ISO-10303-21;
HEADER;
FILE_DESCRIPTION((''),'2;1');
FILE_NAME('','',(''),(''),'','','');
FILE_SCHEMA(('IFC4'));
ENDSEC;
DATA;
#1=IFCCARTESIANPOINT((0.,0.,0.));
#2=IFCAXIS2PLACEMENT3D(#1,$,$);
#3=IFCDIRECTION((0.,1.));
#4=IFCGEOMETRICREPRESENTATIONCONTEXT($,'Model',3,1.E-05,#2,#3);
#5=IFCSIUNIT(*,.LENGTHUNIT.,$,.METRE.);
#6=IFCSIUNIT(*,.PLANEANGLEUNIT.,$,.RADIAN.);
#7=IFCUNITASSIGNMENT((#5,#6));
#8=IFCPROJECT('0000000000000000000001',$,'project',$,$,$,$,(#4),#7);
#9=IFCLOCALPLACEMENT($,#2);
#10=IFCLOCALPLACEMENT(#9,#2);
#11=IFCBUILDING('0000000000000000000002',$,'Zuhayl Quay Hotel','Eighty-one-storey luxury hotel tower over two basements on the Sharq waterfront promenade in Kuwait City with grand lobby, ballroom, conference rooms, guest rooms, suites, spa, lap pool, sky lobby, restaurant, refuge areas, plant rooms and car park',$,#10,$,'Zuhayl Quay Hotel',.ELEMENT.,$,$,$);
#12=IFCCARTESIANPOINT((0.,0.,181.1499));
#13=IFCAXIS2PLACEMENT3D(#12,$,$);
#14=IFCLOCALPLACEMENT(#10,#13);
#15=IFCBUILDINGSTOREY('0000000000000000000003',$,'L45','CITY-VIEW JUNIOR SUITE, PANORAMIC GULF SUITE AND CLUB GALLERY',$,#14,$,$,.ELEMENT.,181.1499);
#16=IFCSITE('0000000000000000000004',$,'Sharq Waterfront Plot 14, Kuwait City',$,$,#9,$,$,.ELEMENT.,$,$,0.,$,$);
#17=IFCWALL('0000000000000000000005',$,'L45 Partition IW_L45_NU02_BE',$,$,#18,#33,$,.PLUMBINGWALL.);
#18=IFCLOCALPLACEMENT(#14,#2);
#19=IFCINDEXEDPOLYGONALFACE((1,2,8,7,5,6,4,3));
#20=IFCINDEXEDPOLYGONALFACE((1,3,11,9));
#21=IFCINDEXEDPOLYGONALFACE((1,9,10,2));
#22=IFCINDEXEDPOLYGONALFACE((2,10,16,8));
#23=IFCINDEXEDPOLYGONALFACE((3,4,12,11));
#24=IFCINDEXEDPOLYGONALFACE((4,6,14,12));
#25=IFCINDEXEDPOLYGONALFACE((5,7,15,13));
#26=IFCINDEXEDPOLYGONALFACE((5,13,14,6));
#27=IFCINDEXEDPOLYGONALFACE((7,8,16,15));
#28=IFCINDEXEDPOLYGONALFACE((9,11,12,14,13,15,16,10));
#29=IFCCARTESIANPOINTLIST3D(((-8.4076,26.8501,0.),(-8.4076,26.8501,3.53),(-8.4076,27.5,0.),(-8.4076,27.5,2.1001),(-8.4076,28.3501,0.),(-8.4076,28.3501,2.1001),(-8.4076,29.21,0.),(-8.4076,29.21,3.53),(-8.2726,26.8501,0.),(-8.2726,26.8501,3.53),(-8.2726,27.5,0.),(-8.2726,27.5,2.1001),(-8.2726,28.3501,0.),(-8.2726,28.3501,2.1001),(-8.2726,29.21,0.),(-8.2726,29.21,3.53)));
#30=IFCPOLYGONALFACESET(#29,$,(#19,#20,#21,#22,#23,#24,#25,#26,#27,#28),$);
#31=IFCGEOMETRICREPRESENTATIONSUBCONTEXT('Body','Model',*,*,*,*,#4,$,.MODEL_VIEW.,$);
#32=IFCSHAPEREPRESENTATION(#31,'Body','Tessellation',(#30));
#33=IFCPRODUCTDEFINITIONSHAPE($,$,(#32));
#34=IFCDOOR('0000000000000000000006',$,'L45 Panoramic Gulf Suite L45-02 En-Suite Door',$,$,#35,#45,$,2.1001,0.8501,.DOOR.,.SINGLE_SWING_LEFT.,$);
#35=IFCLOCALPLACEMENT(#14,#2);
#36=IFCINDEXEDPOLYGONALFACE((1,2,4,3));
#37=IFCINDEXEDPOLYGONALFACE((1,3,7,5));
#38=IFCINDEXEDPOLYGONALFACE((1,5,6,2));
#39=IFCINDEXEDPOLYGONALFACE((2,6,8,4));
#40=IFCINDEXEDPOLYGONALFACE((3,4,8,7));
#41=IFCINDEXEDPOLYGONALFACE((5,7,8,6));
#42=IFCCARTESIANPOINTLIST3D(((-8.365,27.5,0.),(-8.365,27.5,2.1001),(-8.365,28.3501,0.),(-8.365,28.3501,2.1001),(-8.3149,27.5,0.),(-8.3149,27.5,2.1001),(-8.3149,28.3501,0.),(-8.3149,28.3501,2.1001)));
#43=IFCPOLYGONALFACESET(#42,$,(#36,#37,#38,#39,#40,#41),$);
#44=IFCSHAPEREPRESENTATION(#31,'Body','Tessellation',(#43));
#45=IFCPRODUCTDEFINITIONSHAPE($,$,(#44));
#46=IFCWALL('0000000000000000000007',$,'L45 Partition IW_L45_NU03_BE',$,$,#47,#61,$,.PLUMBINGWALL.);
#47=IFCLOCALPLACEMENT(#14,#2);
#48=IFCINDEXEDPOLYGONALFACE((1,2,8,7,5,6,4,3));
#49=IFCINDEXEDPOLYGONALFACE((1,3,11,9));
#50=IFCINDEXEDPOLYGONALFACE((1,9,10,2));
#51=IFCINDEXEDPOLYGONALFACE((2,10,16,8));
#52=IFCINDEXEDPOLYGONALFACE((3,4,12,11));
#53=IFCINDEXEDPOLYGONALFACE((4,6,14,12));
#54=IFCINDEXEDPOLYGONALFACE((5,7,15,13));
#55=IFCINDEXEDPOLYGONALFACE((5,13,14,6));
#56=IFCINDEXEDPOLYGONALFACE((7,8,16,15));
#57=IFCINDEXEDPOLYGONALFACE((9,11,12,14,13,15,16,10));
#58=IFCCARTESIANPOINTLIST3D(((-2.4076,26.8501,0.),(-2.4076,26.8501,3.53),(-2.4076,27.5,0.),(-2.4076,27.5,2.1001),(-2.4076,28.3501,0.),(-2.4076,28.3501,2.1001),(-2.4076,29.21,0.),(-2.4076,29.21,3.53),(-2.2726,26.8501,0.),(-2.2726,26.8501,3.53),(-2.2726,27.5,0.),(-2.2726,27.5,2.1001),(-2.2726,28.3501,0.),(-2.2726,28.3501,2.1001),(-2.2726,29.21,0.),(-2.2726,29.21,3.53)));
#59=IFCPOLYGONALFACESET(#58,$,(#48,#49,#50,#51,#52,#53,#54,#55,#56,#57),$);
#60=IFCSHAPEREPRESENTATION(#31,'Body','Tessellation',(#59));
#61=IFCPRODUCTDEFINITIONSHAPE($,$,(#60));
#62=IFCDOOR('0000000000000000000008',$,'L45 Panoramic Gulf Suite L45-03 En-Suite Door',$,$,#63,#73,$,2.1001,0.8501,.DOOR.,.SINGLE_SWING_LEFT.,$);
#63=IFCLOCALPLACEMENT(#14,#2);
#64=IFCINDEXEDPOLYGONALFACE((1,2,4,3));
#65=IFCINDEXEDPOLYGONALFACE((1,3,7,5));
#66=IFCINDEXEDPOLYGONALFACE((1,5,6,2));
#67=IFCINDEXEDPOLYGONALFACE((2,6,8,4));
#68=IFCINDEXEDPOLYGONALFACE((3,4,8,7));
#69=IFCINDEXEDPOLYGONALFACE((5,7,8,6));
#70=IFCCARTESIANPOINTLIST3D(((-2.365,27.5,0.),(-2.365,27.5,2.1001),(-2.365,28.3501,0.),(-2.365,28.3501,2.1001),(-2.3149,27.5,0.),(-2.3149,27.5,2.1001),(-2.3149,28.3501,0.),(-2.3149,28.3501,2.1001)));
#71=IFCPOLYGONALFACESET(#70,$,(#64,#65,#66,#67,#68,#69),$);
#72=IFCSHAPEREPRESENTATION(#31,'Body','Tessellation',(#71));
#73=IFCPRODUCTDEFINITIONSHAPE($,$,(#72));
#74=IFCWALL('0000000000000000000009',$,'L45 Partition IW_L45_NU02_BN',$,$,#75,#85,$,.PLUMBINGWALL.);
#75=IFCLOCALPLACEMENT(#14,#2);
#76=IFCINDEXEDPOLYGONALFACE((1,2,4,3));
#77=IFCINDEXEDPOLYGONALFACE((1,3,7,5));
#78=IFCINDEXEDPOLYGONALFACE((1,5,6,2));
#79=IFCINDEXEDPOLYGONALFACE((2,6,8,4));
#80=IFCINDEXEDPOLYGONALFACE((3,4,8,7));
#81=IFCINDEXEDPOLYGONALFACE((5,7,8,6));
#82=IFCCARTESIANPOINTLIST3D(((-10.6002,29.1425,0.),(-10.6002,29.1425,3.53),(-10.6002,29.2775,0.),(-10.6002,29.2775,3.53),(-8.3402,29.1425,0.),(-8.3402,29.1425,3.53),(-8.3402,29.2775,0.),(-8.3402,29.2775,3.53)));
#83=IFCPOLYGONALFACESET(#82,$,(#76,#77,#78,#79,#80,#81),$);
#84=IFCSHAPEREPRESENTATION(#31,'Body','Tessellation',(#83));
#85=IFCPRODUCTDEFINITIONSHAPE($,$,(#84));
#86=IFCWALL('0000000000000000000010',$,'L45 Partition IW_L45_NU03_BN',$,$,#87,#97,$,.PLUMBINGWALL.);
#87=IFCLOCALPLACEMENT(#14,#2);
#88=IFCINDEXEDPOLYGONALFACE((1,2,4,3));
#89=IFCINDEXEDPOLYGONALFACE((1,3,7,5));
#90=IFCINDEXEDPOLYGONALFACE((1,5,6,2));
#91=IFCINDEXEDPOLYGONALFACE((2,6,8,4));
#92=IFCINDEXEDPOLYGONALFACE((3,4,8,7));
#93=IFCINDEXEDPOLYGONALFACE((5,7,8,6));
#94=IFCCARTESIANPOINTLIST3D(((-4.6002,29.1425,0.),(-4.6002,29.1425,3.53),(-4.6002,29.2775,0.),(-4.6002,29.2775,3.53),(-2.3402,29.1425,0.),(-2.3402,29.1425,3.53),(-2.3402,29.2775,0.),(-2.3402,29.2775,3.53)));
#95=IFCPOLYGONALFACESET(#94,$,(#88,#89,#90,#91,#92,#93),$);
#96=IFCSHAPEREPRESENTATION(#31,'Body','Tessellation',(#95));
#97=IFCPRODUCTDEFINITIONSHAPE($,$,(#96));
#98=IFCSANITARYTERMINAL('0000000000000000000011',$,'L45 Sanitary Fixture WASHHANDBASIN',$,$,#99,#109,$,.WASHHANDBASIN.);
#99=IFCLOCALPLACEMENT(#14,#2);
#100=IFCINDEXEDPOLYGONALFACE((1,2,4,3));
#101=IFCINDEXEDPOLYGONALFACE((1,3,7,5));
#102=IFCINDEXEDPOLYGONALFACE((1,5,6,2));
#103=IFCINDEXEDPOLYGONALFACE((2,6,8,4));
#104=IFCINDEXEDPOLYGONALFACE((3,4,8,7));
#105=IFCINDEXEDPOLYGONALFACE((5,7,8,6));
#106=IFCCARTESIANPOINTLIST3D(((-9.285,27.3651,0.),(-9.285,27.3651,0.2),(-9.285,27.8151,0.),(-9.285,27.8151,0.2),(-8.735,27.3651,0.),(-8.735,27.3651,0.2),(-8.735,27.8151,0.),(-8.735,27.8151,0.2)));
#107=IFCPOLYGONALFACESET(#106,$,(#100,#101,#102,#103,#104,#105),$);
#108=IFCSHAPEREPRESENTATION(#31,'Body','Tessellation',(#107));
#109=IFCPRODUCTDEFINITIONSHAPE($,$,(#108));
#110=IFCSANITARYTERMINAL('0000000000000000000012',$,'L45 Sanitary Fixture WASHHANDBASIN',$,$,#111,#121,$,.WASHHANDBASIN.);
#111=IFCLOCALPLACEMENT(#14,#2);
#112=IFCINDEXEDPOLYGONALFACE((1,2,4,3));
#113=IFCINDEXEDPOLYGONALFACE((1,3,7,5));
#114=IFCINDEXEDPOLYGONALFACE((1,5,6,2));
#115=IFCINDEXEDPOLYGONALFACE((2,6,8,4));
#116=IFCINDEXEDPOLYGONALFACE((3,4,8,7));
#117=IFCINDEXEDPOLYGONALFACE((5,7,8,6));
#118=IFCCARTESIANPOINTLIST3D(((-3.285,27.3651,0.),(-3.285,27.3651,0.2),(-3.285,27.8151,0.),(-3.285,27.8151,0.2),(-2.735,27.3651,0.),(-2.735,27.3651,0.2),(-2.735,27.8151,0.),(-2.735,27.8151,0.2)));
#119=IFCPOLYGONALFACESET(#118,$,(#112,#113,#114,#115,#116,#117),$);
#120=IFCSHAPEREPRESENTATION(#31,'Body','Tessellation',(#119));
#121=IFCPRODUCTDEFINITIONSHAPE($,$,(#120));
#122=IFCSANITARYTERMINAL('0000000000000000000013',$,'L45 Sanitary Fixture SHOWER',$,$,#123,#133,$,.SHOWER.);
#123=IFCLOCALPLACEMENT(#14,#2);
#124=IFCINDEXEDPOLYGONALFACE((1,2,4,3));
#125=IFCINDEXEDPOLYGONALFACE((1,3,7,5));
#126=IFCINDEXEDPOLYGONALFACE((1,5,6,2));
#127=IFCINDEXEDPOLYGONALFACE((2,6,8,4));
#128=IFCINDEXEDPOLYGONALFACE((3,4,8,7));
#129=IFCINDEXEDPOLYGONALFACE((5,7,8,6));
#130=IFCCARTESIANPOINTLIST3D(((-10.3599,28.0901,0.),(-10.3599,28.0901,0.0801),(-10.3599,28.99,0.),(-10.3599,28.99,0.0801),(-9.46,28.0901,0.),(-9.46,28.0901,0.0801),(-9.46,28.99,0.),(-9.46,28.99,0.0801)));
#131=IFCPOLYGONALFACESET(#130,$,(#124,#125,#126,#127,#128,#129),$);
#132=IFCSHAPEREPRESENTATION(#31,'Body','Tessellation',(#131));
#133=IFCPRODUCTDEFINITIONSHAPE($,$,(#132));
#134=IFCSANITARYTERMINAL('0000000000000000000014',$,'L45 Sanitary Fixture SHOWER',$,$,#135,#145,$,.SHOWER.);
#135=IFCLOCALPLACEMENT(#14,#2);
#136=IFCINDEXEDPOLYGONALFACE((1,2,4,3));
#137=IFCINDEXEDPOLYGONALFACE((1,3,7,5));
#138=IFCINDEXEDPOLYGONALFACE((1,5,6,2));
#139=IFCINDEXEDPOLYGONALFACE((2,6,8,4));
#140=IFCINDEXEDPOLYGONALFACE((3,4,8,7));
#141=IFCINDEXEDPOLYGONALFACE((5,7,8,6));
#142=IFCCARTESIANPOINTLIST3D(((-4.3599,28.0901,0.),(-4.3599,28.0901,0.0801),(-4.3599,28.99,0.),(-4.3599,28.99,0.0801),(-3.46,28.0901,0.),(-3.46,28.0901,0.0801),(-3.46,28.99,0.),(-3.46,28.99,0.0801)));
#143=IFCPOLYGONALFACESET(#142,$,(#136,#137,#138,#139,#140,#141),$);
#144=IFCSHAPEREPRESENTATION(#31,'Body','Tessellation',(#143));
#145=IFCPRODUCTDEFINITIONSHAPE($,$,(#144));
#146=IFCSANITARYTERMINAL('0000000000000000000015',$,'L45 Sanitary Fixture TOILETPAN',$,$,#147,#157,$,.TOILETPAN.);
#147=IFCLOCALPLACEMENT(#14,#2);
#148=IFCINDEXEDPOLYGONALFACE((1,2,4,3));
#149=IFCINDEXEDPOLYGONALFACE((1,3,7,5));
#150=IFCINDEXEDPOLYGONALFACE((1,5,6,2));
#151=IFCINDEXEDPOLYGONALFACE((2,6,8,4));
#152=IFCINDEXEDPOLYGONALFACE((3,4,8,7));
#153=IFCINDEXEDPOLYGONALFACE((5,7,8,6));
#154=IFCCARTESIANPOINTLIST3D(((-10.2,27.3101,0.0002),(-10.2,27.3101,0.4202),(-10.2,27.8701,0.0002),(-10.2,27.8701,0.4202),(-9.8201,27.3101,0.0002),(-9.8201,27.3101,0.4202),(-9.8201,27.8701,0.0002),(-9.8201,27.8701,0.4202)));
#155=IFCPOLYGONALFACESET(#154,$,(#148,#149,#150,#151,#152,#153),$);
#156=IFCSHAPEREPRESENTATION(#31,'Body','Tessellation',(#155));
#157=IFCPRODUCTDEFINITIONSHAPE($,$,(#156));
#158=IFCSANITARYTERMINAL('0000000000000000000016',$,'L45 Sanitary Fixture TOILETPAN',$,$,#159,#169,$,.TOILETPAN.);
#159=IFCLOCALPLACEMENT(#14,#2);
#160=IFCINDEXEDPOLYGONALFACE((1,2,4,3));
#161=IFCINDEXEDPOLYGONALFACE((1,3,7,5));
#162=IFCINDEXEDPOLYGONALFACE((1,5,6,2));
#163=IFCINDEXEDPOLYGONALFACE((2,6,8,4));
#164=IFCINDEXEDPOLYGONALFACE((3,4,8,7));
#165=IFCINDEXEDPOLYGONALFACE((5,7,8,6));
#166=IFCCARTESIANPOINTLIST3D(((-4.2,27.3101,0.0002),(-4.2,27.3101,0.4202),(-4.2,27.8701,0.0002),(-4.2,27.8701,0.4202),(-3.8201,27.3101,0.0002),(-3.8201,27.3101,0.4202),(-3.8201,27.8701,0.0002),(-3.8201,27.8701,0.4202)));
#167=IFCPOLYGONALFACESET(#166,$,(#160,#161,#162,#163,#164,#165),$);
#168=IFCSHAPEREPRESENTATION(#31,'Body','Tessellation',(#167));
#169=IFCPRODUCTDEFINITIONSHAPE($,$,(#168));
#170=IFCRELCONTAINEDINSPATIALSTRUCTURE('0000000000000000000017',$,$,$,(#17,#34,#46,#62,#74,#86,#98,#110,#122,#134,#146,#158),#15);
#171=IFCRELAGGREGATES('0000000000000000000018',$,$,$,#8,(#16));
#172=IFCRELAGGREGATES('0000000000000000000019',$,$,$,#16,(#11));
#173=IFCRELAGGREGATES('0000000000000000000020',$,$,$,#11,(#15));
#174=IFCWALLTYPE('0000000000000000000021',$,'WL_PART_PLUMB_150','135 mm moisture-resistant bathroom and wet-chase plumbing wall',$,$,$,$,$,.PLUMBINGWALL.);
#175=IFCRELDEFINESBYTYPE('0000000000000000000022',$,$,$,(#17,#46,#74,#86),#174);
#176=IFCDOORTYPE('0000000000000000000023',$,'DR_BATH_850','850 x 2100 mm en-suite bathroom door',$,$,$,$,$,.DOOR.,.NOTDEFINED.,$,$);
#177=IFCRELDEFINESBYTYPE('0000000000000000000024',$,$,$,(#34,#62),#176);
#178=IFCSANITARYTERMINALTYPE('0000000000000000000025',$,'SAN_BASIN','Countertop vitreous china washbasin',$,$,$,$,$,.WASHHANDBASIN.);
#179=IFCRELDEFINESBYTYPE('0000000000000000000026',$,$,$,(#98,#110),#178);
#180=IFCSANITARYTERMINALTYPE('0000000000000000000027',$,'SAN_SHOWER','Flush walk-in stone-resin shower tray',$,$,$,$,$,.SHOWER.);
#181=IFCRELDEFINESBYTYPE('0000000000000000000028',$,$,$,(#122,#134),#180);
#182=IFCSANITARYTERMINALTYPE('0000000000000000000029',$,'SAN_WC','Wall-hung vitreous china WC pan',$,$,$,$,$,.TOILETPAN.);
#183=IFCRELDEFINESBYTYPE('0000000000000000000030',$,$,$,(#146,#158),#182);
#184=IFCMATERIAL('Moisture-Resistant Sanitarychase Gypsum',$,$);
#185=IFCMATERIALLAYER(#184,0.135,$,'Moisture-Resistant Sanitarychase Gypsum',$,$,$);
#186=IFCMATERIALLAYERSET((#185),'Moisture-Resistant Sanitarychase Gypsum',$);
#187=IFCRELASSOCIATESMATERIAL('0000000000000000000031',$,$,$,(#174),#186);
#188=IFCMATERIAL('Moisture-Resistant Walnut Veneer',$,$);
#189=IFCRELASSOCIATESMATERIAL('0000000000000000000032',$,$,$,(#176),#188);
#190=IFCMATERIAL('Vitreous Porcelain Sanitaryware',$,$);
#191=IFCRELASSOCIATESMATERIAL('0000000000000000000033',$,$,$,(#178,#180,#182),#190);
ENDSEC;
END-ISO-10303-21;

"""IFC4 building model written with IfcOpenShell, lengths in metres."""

from ifc_helpers import new_model, si_unit, direction, frame, frame_2d, origin, origin_2d, place, context, subcontext, project, spatial, rectangle, extrude, material, layer, layer_set, type_object, element, fill, save


model = new_model("IFC4")

# Units and contexts
model_context = context("Model", 3, precision=1e-05, world=origin(), true_north=direction((0.0, 1.0)))
body_context = subcontext(model_context, "Body", "Model", "MODEL_VIEW")
ifc_project = project(units=[si_unit("LENGTHUNIT", "METRE"), si_unit("PLANEANGLEUNIT", "RADIAN")], contexts=[model_context])

# Site, building, storey
site_placement = place(None, origin())
site = spatial("IfcSite", under=ifc_project, at=site_placement, Name="Sharq Waterfront Plot 14, Kuwait City", CompositionType="ELEMENT", RefElevation=0.0)
building_placement = place(site_placement, origin())
building = spatial("IfcBuilding", under=site, at=building_placement, Name="Zuhayl Quay Hotel", Description="Eighty-one-storey luxury hotel tower over two basements on the Sharq waterfront promenade in Kuwait City with grand lobby, ballroom, conference rooms, guest rooms, suites, spa, lap pool, sky lobby, restaurant, refuge areas, plant rooms and car park", LongName="Zuhayl Quay Hotel", CompositionType="ELEMENT")
storey_placement = place(building_placement, frame((0.0, 0.0, 181.1499)))
storey = spatial("IfcBuildingStorey", under=building, at=storey_placement, Name="L45", Description="CITY-VIEW JUNIOR SUITE, PANORAMIC GULF SUITE AND CLUB GALLERY", CompositionType="ELEMENT", Elevation=181.1499)

# Walls, openings, doors
ifc_material_1 = material(Name="Moisture-Resistant Sanitarychase Gypsum")
ifc_layer_1 = layer(ifc_material_1, 0.135, Name="Moisture-Resistant Sanitarychase Gypsum")
ifc_layer_set_1 = layer_set([ifc_layer_1], Name="Moisture-Resistant Sanitarychase Gypsum")
wall_type_1 = type_object("IfcWallType", Name="WL_PART_PLUMB_150", Description="135 mm moisture-resistant bathroom and wet-chase plumbing wall", PredefinedType="PLUMBINGWALL", material=ifc_layer_set_1)
wall_1_placement = place(storey_placement, frame((-8.3401, 26.8501, 0.0), z_axis=(0.0, 0.0, 1.0), x_axis=(0.0, 1.0, 0.0)))
wall_1 = element("IfcWall", 1, at=wall_1_placement, inside=storey, type_object=wall_type_1, Name="L45 Partition IW_L45_NU02_BE", PredefinedType="PLUMBINGWALL", context=body_context, shape_type="SweptSolid", body=[
    extrude(rectangle(XDim=2.3599, YDim=0.135, at=frame_2d((1.1799, 0.0))), origin(), (0.0, 0.0, 1.0), 3.53),
])
opening_1_placement = place(wall_1_placement, frame((0.6499, 0.0, 0.0)))
opening_1 = element("IfcOpeningElement", 2, at=opening_1_placement, cuts=wall_1, PredefinedType="OPENING", context=body_context, shape_type="SweptSolid", body=[
    extrude(rectangle(XDim=0.8501, YDim=2.1001, at=frame_2d((0.425, 1.05))), frame((0.0, 0.0774, 0.0), z_axis=(0.0, -1.0, 0.0), x_axis=(1.0, 0.0, 0.0)), (0.0, 0.0, 1.0), 0.155),
])
ifc_material_2 = material(Name="Moisture-Resistant Walnut Veneer")
door_type_1 = type_object("IfcDoorType", Name="DR_BATH_850", Description="850 x 2100 mm en-suite bathroom door", OperationType="NOTDEFINED", PredefinedType="DOOR", material=ifc_material_2)
door_1_placement = place(opening_1_placement, origin())
door_1 = element("IfcDoor", 3, at=door_1_placement, inside=storey, type_object=door_type_1, Name="L45 Panoramic Gulf Suite L45-02 En-Suite Door", OperationType="SINGLE_SWING_LEFT", OverallHeight=2.1001, OverallWidth=0.8501, PredefinedType="DOOR", context=body_context, shape_type="SweptSolid", body=[
    extrude(rectangle(XDim=0.8501, YDim=2.1001, at=frame_2d((0.425, 1.05))), frame((0.0, 0.0249, 0.0), z_axis=(0.0, -1.0, 0.0), x_axis=(1.0, 0.0, 0.0)), (0.0, 0.0, 1.0), 0.05),
])
fill(opening_1, door_1)
wall_2_placement = place(storey_placement, frame((-2.3401, 26.8501, 0.0), z_axis=(0.0, 0.0, 1.0), x_axis=(0.0, 1.0, 0.0)))
wall_2 = element("IfcWall", 4, at=wall_2_placement, inside=storey, type_object=wall_type_1, Name="L45 Partition IW_L45_NU03_BE", PredefinedType="PLUMBINGWALL", context=body_context, shape_type="SweptSolid", body=[
    extrude(rectangle(XDim=2.3599, YDim=0.135, at=frame_2d((1.1799, 0.0))), origin(), (0.0, 0.0, 1.0), 3.53),
])
opening_2_placement = place(wall_2_placement, frame((0.6499, 0.0, 0.0)))
opening_2 = element("IfcOpeningElement", 5, at=opening_2_placement, cuts=wall_2, PredefinedType="OPENING", context=body_context, shape_type="SweptSolid", body=[
    extrude(rectangle(XDim=0.8501, YDim=2.1001, at=frame_2d((0.425, 1.05))), frame((0.0, 0.0774, 0.0), z_axis=(0.0, -1.0, 0.0), x_axis=(1.0, 0.0, 0.0)), (0.0, 0.0, 1.0), 0.155),
])
door_2_placement = place(opening_2_placement, origin())
door_2 = element("IfcDoor", 6, at=door_2_placement, inside=storey, type_object=door_type_1, Name="L45 Panoramic Gulf Suite L45-03 En-Suite Door", OperationType="SINGLE_SWING_LEFT", OverallHeight=2.1001, OverallWidth=0.8501, PredefinedType="DOOR", context=body_context, shape_type="SweptSolid", body=[
    extrude(rectangle(XDim=0.8501, YDim=2.1001, at=frame_2d((0.425, 1.05))), frame((0.0, 0.0249, 0.0), z_axis=(0.0, -1.0, 0.0), x_axis=(1.0, 0.0, 0.0)), (0.0, 0.0, 1.0), 0.05),
])
fill(opening_2, door_2)

# Walls
for number, where, z_axis, x_axis, name in (
    (7, (-10.6001, 29.21, 0.0), (0.0, 0.0, 1.0), (1.0, 0.0, 0.0), "L45 Partition IW_L45_NU02_BN"),
    (8, (-4.6001, 29.21, 0.0), (0.0, 0.0, 1.0), (1.0, 0.0, 0.0), "L45 Partition IW_L45_NU03_BN"),
):
    element("IfcWall", number, at=place(storey_placement, frame(where, z_axis=z_axis, x_axis=x_axis)), inside=storey, type_object=wall_type_1, Name=name, PredefinedType="PLUMBINGWALL", context=body_context, shape_type="SweptSolid", body=[
        extrude(rectangle(XDim=2.26, YDim=0.135, at=frame_2d((1.1299, 0.0))), origin(), (0.0, 0.0, 1.0), 3.53),
    ])

# Sanitary terminals
ifc_material_3 = material(Name="Vitreous Porcelain Sanitaryware")
sanitary_terminal_type_1 = type_object("IfcSanitaryTerminalType", Name="SAN_BASIN", Description="Countertop vitreous china washbasin", PredefinedType="WASHHANDBASIN", material=ifc_material_3)
for number, where, z_axis, x_axis, name in (
    (9, (-9.01, 27.5901, 0.0), (0.0, 0.0, 1.0), (1.0, 0.0, 0.0), "L45 Sanitary Fixture WASHHANDBASIN"),
    (10, (-3.01, 27.5901, 0.0), (0.0, 0.0, 1.0), (1.0, 0.0, 0.0), "L45 Sanitary Fixture WASHHANDBASIN"),
):
    element("IfcSanitaryTerminal", number, at=place(storey_placement, frame(where, z_axis=z_axis, x_axis=x_axis)), inside=storey, type_object=sanitary_terminal_type_1, Name=name, PredefinedType="WASHHANDBASIN", context=body_context, shape_type="SweptSolid", body=[
        extrude(rectangle(XDim=0.55, YDim=0.45, at=origin_2d()), origin(), (0.0, 0.0, 1.0), 0.2),
    ])
sanitary_terminal_type_2 = type_object("IfcSanitaryTerminalType", Name="SAN_SHOWER", Description="Flush walk-in stone-resin shower tray", PredefinedType="SHOWER", material=ifc_material_3)
for number, where, z_axis, x_axis, name in (
    (11, (-9.9099, 28.54, 0.0), (0.0, 0.0, 1.0), (1.0, 0.0, 0.0), "L45 Sanitary Fixture SHOWER"),
    (12, (-3.9099, 28.54, 0.0), (0.0, 0.0, 1.0), (1.0, 0.0, 0.0), "L45 Sanitary Fixture SHOWER"),
):
    element("IfcSanitaryTerminal", number, at=place(storey_placement, frame(where, z_axis=z_axis, x_axis=x_axis)), inside=storey, type_object=sanitary_terminal_type_2, Name=name, PredefinedType="SHOWER", context=body_context, shape_type="SweptSolid", body=[
        extrude(rectangle(XDim=0.8999, YDim=0.8999, at=origin_2d()), origin(), (0.0, 0.0, 1.0), 0.0801),
    ])
sanitary_terminal_type_3 = type_object("IfcSanitaryTerminalType", Name="SAN_WC", Description="Wall-hung vitreous china WC pan", PredefinedType="TOILETPAN", material=ifc_material_3)
for number, where, z_axis, x_axis, name in (
    (13, (-10.01, 27.5901, 0.0002), (0.0, 0.0, 1.0), (1.0, 0.0, 0.0), "L45 Sanitary Fixture TOILETPAN"),
    (14, (-4.01, 27.5901, 0.0002), (0.0, 0.0, 1.0), (1.0, 0.0, 0.0), "L45 Sanitary Fixture TOILETPAN"),
):
    element("IfcSanitaryTerminal", number, at=place(storey_placement, frame(where, z_axis=z_axis, x_axis=x_axis)), inside=storey, type_object=sanitary_terminal_type_3, Name=name, PredefinedType="TOILETPAN", context=body_context, shape_type="SweptSolid", body=[
        extrude(rectangle(XDim=0.3799, YDim=0.5601, at=origin_2d()), origin(), (0.0, 0.0, 1.0), 0.4199),
    ])

save(model, "model.ifc")
